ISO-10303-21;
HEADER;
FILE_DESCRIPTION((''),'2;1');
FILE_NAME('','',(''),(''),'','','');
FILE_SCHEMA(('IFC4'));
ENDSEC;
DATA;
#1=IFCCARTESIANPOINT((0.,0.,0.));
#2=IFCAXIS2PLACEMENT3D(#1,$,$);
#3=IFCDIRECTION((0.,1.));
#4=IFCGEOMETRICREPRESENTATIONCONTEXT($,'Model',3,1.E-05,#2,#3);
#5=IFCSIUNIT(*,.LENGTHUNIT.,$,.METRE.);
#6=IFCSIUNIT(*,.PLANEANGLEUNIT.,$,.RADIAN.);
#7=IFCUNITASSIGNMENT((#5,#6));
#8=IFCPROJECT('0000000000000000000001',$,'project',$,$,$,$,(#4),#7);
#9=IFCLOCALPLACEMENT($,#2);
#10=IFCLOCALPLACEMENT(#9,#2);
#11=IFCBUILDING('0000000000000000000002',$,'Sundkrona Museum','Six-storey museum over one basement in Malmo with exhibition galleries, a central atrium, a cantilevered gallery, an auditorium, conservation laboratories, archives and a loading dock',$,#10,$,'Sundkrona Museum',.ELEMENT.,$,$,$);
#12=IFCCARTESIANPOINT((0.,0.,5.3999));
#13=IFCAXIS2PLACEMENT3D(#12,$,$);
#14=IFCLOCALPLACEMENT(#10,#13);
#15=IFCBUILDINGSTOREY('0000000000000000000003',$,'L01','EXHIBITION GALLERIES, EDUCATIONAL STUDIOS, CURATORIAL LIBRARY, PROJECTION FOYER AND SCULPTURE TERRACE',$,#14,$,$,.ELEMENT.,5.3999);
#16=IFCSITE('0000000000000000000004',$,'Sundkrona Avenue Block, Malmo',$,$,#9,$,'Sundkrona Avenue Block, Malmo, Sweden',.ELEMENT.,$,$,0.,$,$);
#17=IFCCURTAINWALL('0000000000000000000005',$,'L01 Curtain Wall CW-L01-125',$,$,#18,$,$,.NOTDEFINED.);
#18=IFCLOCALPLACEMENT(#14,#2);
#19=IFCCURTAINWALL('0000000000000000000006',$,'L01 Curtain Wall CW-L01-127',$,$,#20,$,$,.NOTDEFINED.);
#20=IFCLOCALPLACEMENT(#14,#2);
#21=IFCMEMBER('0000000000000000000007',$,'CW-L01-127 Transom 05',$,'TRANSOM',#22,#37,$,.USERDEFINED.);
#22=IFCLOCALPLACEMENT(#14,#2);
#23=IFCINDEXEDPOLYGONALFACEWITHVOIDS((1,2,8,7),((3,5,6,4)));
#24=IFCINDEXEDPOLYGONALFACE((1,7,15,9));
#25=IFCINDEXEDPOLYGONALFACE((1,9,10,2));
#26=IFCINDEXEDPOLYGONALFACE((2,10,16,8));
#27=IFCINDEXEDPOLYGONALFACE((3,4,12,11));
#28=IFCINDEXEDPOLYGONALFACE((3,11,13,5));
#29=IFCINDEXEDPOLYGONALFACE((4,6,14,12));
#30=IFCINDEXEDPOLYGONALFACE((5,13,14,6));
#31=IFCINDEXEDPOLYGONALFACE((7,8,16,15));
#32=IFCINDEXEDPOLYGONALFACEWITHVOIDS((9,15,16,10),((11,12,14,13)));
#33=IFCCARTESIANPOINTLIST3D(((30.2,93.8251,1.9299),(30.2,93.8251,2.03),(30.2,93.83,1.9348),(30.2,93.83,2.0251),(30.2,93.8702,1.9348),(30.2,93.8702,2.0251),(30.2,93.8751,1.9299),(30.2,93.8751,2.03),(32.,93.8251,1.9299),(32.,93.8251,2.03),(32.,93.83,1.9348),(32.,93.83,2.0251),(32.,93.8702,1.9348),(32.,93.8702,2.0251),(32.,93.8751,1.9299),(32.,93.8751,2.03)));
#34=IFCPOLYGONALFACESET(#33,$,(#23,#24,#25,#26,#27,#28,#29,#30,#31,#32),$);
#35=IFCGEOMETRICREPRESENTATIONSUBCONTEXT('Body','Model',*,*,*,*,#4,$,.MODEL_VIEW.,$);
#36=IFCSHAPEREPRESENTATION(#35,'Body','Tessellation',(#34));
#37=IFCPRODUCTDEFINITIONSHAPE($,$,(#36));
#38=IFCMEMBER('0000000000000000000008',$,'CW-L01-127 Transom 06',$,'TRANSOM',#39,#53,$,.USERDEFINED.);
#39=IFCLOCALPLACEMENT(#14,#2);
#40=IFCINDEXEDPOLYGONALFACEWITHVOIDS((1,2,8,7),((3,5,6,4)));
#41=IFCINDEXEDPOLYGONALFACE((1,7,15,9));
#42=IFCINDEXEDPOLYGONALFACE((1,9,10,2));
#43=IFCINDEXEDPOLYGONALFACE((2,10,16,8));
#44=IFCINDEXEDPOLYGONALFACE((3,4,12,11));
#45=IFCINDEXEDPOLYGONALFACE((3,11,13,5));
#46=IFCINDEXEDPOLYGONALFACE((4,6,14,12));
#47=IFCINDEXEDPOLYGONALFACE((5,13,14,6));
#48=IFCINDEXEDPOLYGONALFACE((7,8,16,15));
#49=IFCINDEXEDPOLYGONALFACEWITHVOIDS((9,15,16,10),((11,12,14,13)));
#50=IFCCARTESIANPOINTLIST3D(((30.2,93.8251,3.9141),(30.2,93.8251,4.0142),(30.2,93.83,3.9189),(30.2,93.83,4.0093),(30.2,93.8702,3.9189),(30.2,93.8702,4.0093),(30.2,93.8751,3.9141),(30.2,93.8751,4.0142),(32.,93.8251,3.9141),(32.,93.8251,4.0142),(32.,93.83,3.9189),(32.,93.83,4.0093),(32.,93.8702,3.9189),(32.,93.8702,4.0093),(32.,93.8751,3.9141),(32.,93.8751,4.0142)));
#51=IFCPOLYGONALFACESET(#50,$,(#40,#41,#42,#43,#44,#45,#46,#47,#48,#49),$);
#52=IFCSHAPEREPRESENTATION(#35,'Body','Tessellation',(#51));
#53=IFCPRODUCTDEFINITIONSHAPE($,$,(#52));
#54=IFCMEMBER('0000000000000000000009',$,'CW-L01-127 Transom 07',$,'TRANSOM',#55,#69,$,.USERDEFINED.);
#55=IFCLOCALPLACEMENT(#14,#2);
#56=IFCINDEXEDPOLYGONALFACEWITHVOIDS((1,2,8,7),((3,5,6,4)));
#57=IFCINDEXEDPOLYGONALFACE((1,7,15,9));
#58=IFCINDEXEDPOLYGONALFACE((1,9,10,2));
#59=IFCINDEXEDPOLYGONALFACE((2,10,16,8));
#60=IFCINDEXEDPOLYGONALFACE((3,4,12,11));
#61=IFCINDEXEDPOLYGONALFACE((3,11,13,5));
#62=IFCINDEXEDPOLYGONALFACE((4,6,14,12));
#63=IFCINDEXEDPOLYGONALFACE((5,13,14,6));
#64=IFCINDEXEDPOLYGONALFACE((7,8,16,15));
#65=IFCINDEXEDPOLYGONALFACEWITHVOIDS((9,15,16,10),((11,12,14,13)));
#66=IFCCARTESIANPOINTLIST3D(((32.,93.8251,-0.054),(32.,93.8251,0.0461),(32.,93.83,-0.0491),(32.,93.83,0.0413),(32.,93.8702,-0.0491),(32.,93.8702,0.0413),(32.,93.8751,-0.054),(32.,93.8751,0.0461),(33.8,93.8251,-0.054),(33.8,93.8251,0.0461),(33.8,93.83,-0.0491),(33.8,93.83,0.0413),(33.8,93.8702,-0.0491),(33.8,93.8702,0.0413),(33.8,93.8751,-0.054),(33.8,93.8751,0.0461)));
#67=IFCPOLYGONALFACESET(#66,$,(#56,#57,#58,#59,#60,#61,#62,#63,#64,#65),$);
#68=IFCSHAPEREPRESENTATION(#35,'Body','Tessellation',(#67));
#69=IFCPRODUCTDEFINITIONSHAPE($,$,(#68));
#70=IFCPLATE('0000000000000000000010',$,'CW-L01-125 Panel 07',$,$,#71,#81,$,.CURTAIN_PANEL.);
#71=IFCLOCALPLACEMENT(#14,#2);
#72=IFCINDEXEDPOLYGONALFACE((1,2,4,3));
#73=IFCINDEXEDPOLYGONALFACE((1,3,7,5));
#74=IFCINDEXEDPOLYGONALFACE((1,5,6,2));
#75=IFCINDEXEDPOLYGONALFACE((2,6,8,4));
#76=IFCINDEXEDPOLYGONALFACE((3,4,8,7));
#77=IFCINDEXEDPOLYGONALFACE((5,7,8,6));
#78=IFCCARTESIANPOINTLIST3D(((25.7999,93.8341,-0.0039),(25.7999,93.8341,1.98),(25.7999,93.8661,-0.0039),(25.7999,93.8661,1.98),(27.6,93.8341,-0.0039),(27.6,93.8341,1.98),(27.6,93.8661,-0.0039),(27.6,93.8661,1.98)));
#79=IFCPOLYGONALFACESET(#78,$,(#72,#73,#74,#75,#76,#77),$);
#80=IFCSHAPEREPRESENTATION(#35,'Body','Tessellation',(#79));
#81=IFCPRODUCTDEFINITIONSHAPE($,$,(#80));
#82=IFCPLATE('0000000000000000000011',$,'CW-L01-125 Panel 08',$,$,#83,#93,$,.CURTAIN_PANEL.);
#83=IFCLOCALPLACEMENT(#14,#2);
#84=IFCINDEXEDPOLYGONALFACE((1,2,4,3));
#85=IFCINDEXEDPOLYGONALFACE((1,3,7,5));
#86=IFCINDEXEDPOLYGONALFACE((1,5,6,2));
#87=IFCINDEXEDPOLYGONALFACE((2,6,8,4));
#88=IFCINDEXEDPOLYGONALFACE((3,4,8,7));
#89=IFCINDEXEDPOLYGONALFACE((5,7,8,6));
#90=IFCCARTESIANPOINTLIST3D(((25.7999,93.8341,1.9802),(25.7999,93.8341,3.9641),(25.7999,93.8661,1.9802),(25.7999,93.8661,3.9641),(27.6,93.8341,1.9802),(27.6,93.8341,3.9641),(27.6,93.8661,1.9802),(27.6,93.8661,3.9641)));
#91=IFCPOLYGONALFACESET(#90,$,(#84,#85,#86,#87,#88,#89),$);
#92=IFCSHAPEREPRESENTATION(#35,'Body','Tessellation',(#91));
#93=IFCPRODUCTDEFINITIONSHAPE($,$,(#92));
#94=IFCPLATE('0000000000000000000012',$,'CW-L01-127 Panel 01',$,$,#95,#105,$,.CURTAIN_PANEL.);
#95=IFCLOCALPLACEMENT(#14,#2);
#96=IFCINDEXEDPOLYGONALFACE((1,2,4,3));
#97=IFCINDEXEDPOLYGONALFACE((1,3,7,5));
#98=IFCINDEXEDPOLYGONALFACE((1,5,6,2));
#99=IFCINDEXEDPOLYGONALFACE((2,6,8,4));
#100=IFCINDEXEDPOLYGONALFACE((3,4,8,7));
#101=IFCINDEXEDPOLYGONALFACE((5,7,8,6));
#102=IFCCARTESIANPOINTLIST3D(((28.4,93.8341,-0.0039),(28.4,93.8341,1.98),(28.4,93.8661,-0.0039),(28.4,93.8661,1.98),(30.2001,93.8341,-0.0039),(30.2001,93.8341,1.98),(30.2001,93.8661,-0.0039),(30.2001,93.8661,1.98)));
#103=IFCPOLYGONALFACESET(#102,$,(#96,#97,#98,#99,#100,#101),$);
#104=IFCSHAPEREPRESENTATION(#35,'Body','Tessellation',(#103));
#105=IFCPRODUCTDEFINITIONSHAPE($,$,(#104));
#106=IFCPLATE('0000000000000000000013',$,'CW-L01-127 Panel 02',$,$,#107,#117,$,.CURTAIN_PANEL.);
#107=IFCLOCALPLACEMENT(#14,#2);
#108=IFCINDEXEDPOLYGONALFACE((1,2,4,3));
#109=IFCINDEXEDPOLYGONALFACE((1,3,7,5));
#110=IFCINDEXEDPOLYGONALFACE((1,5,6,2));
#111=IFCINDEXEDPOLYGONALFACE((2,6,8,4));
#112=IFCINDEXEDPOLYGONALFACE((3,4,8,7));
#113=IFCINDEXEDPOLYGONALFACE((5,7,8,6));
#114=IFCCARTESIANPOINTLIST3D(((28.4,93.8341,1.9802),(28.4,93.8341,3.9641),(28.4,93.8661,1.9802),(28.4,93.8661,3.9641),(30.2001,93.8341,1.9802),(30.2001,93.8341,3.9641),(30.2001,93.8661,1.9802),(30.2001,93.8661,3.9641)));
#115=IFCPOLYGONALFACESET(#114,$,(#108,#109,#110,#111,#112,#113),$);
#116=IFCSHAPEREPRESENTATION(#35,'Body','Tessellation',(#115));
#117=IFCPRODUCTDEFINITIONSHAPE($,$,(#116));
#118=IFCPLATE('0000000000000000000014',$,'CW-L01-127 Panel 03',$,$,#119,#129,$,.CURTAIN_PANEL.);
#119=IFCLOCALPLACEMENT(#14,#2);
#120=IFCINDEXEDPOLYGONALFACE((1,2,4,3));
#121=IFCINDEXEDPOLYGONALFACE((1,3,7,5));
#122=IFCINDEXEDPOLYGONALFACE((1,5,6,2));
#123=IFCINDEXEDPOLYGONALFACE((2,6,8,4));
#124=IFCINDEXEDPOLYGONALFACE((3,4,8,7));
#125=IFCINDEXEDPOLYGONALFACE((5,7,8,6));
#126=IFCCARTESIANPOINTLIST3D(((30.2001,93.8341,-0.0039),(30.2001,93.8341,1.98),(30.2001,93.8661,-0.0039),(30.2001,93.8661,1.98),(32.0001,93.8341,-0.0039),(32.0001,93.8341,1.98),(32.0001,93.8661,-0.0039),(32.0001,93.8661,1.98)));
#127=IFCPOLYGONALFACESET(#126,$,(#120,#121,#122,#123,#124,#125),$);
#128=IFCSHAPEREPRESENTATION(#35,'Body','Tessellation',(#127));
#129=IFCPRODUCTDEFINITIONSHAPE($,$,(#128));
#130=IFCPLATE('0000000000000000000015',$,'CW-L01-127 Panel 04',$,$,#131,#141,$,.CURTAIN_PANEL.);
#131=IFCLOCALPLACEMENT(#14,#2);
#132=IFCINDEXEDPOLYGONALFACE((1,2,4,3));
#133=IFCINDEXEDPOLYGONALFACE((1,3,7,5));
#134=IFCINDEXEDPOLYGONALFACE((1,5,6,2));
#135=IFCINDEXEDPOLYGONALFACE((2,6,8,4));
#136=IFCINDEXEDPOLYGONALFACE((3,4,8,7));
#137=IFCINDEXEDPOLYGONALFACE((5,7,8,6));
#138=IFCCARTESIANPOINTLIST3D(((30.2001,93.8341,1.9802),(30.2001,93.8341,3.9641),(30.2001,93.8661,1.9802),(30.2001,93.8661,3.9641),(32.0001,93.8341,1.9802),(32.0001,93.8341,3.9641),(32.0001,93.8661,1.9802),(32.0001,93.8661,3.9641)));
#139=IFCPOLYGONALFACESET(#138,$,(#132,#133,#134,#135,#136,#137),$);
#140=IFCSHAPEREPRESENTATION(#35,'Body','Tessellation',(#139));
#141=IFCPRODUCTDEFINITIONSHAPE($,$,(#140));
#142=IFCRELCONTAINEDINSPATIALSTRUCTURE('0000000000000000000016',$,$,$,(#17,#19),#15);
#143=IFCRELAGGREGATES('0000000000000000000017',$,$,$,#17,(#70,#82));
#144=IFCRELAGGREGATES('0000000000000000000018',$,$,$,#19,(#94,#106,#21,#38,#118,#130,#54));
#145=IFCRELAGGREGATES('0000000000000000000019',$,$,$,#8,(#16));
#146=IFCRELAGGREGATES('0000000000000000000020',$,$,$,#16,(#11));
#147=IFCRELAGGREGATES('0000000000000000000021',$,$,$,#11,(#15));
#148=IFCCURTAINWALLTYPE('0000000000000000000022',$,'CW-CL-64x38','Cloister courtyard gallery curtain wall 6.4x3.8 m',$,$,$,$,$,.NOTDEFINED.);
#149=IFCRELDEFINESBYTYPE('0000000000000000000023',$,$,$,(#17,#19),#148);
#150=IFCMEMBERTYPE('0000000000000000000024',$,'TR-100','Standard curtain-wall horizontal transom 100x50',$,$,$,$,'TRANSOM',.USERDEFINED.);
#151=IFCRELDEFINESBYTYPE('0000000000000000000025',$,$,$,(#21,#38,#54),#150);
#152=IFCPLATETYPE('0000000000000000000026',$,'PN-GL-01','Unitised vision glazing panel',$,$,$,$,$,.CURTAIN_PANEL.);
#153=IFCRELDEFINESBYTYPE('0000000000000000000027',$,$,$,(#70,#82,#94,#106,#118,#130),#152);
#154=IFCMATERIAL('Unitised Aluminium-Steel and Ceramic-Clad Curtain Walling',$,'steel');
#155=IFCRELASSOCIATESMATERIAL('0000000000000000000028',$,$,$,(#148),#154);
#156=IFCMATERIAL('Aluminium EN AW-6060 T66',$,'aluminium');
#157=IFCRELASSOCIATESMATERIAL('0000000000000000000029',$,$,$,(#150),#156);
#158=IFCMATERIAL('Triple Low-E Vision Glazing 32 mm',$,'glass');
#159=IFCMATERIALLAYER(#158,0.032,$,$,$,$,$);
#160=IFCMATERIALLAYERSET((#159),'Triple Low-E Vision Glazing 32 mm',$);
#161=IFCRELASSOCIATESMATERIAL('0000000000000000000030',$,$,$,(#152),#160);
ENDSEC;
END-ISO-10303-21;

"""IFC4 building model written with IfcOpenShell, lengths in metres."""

from ifc_helpers import new_model, si_unit, direction, frame, origin, origin_2d, place, context, subcontext, project, spatial, rectangle, hollow_rectangle, extrude, material, layer, layer_set, material_profile, profile_set, type_object, element, aggregate, save


model = new_model("IFC4")

# Units and contexts
model_context = context("Model", 3, precision=1e-05, world=origin(), true_north=direction((0.0, 1.0)))
body_context = subcontext(model_context, "Body", "Model", "MODEL_VIEW")
ifc_project = project(units=[si_unit("LENGTHUNIT", "METRE"), si_unit("PLANEANGLEUNIT", "RADIAN")], contexts=[model_context])

# Site, building, storey
site_placement = place(None, origin())
site = spatial("IfcSite", under=ifc_project, at=site_placement, Name="Sundkrona Avenue Block, Malmo", LongName="Sundkrona Avenue Block, Malmo, Sweden", CompositionType="ELEMENT", RefElevation=0.0)
building_placement = place(site_placement, origin())
building = spatial("IfcBuilding", under=site, at=building_placement, Name="Sundkrona Museum", Description="Six-storey museum over one basement in Malmo with exhibition galleries, a central atrium, a cantilevered gallery, an auditorium, conservation laboratories, archives and a loading dock", LongName="Sundkrona Museum", CompositionType="ELEMENT")
storey_placement = place(building_placement, frame((0.0, 0.0, 5.3999)))
storey = spatial("IfcBuildingStorey", under=building, at=storey_placement, Name="L01", Description="EXHIBITION GALLERIES, EDUCATIONAL STUDIOS, CURATORIAL LIBRARY, PROJECTION FOYER AND SCULPTURE TERRACE", CompositionType="ELEMENT", Elevation=5.3999)

# Curtain wall
ifc_material_1 = material(Name="Unitised Aluminium-Steel and Ceramic-Clad Curtain Walling", Category="steel")
curtain_wall_type = type_object("IfcCurtainWallType", Name="CW-CL-64x38", Description="Cloister courtyard gallery curtain wall 6.4x3.8 m", PredefinedType="NOTDEFINED", material=ifc_material_1)
curtain_wall_1_placement = place(storey_placement, origin())
curtain_wall_1 = element("IfcCurtainWall", 1, at=curtain_wall_1_placement, inside=storey, type_object=curtain_wall_type, Name="L01 Curtain Wall CW-L01-125", PredefinedType="NOTDEFINED")
ifc_material_2 = material(Name="Aluminium EN AW-6060 T66", Category="aluminium")

# Curtain wall, members
curtain_wall_2_placement = place(storey_placement, origin())
curtain_wall_2 = element("IfcCurtainWall", 2, at=curtain_wall_2_placement, inside=storey, type_object=curtain_wall_type, Name="L01 Curtain Wall CW-L01-127", PredefinedType="NOTDEFINED")
ifc_material_profile_1 = material_profile(ifc_material_2, hollow_rectangle(XDim=0.05, YDim=0.1001, WallThickness=0.0049, at=origin_2d()), Name="RHS 100x50x5.0")
ifc_profile_set_1 = profile_set([ifc_material_profile_1], Name="Aluminium EN AW-6060 T66")
member_type_1 = type_object("IfcMemberType", Name="TR-100", Description="Standard curtain-wall horizontal transom 100x50", ElementType="TRANSOM", PredefinedType="USERDEFINED", material=ifc_profile_set_1)
member_1_placement = place(storey_placement, frame((30.2, 93.8501, 1.98), z_axis=(1.0, 0.0, 0.0), x_axis=(0.0, 1.0, 0.0)))
member_1 = element("IfcMember", 3, at=member_1_placement, type_object=member_type_1, Name="CW-L01-127 Transom 05", ObjectType="TRANSOM", PredefinedType="USERDEFINED", context=body_context, shape_type="SweptSolid", body=[
    extrude(hollow_rectangle(XDim=0.05, YDim=0.1001, WallThickness=0.0049, at=origin_2d()), origin(), (0.0, 0.0, 1.0), 1.8),
])
member_2_placement = place(storey_placement, frame((30.2, 93.8501, 3.9641), z_axis=(1.0, 0.0, 0.0), x_axis=(0.0, 1.0, 0.0)))
member_2 = element("IfcMember", 4, at=member_2_placement, type_object=member_type_1, Name="CW-L01-127 Transom 06", ObjectType="TRANSOM", PredefinedType="USERDEFINED", context=body_context, shape_type="SweptSolid", body=[
    extrude(hollow_rectangle(XDim=0.05, YDim=0.1001, WallThickness=0.0049, at=origin_2d()), origin(), (0.0, 0.0, 1.0), 1.8),
])
member_3_placement = place(storey_placement, frame((32.0, 93.8501, -0.0039), z_axis=(1.0, 0.0, 0.0), x_axis=(0.0, 1.0, 0.0)))
member_3 = element("IfcMember", 5, at=member_3_placement, type_object=member_type_1, Name="CW-L01-127 Transom 07", ObjectType="TRANSOM", PredefinedType="USERDEFINED", context=body_context, shape_type="SweptSolid", body=[
    extrude(hollow_rectangle(XDim=0.05, YDim=0.1001, WallThickness=0.0049, at=origin_2d()), origin(), (0.0, 0.0, 1.0), 1.8),
])

# Plates
ifc_material_3 = material(Name="Triple Low-E Vision Glazing 32 mm", Category="glass")
ifc_layer = layer(ifc_material_3, 0.032)
ifc_layer_set = layer_set([ifc_layer], Name="Triple Low-E Vision Glazing 32 mm")
plate_type = type_object("IfcPlateType", Name="PN-GL-01", Description="Unitised vision glazing panel", PredefinedType="CURTAIN_PANEL", material=ifc_layer_set)
plate_1_placement = place(storey_placement, frame((26.7, 93.8501, -0.0039), z_axis=(0.0, 0.0, 1.0), x_axis=(1.0, 0.0, 0.0)))
plate_1 = element("IfcPlate", 6, at=plate_1_placement, type_object=plate_type, Name="CW-L01-125 Panel 07", PredefinedType="CURTAIN_PANEL", context=body_context, shape_type="SweptSolid", body=[
    extrude(rectangle(XDim=1.8, YDim=0.032, at=origin_2d()), origin(), (0.0, 0.0, 1.0), 1.9839),
])
plate_2_placement = place(storey_placement, frame((26.7, 93.8501, 1.9802), z_axis=(0.0, 0.0, 1.0), x_axis=(1.0, 0.0, 0.0)))
plate_2 = element("IfcPlate", 7, at=plate_2_placement, type_object=plate_type, Name="CW-L01-125 Panel 08", PredefinedType="CURTAIN_PANEL", context=body_context, shape_type="SweptSolid", body=[
    extrude(rectangle(XDim=1.8, YDim=0.032, at=origin_2d()), origin(), (0.0, 0.0, 1.0), 1.9839),
])
aggregate(curtain_wall_1, [plate_1, plate_2])
plate_3_placement = place(storey_placement, frame((29.3, 93.8501, -0.0039), z_axis=(0.0, 0.0, 1.0), x_axis=(1.0, 0.0, 0.0)))
plate_3 = element("IfcPlate", 8, at=plate_3_placement, type_object=plate_type, Name="CW-L01-127 Panel 01", PredefinedType="CURTAIN_PANEL", context=body_context, shape_type="SweptSolid", body=[
    extrude(rectangle(XDim=1.8, YDim=0.032, at=origin_2d()), origin(), (0.0, 0.0, 1.0), 1.9839),
])
plate_4_placement = place(storey_placement, frame((29.3, 93.8501, 1.9802), z_axis=(0.0, 0.0, 1.0), x_axis=(1.0, 0.0, 0.0)))
plate_4 = element("IfcPlate", 9, at=plate_4_placement, type_object=plate_type, Name="CW-L01-127 Panel 02", PredefinedType="CURTAIN_PANEL", context=body_context, shape_type="SweptSolid", body=[
    extrude(rectangle(XDim=1.8, YDim=0.032, at=origin_2d()), origin(), (0.0, 0.0, 1.0), 1.9839),
])
plate_5_placement = place(storey_placement, frame((31.1001, 93.8501, -0.0039), z_axis=(0.0, 0.0, 1.0), x_axis=(1.0, 0.0, 0.0)))
plate_5 = element("IfcPlate", 10, at=plate_5_placement, type_object=plate_type, Name="CW-L01-127 Panel 03", PredefinedType="CURTAIN_PANEL", context=body_context, shape_type="SweptSolid", body=[
    extrude(rectangle(XDim=1.8, YDim=0.032, at=origin_2d()), origin(), (0.0, 0.0, 1.0), 1.9839),
])
plate_6_placement = place(storey_placement, frame((31.1001, 93.8501, 1.9802), z_axis=(0.0, 0.0, 1.0), x_axis=(1.0, 0.0, 0.0)))
plate_6 = element("IfcPlate", 11, at=plate_6_placement, type_object=plate_type, Name="CW-L01-127 Panel 04", PredefinedType="CURTAIN_PANEL", context=body_context, shape_type="SweptSolid", body=[
    extrude(rectangle(XDim=1.8, YDim=0.032, at=origin_2d()), origin(), (0.0, 0.0, 1.0), 1.9839),
])
aggregate(curtain_wall_2, [plate_3, plate_4, member_1, member_2, plate_5, plate_6, member_3])

save(model, "model.ifc")
